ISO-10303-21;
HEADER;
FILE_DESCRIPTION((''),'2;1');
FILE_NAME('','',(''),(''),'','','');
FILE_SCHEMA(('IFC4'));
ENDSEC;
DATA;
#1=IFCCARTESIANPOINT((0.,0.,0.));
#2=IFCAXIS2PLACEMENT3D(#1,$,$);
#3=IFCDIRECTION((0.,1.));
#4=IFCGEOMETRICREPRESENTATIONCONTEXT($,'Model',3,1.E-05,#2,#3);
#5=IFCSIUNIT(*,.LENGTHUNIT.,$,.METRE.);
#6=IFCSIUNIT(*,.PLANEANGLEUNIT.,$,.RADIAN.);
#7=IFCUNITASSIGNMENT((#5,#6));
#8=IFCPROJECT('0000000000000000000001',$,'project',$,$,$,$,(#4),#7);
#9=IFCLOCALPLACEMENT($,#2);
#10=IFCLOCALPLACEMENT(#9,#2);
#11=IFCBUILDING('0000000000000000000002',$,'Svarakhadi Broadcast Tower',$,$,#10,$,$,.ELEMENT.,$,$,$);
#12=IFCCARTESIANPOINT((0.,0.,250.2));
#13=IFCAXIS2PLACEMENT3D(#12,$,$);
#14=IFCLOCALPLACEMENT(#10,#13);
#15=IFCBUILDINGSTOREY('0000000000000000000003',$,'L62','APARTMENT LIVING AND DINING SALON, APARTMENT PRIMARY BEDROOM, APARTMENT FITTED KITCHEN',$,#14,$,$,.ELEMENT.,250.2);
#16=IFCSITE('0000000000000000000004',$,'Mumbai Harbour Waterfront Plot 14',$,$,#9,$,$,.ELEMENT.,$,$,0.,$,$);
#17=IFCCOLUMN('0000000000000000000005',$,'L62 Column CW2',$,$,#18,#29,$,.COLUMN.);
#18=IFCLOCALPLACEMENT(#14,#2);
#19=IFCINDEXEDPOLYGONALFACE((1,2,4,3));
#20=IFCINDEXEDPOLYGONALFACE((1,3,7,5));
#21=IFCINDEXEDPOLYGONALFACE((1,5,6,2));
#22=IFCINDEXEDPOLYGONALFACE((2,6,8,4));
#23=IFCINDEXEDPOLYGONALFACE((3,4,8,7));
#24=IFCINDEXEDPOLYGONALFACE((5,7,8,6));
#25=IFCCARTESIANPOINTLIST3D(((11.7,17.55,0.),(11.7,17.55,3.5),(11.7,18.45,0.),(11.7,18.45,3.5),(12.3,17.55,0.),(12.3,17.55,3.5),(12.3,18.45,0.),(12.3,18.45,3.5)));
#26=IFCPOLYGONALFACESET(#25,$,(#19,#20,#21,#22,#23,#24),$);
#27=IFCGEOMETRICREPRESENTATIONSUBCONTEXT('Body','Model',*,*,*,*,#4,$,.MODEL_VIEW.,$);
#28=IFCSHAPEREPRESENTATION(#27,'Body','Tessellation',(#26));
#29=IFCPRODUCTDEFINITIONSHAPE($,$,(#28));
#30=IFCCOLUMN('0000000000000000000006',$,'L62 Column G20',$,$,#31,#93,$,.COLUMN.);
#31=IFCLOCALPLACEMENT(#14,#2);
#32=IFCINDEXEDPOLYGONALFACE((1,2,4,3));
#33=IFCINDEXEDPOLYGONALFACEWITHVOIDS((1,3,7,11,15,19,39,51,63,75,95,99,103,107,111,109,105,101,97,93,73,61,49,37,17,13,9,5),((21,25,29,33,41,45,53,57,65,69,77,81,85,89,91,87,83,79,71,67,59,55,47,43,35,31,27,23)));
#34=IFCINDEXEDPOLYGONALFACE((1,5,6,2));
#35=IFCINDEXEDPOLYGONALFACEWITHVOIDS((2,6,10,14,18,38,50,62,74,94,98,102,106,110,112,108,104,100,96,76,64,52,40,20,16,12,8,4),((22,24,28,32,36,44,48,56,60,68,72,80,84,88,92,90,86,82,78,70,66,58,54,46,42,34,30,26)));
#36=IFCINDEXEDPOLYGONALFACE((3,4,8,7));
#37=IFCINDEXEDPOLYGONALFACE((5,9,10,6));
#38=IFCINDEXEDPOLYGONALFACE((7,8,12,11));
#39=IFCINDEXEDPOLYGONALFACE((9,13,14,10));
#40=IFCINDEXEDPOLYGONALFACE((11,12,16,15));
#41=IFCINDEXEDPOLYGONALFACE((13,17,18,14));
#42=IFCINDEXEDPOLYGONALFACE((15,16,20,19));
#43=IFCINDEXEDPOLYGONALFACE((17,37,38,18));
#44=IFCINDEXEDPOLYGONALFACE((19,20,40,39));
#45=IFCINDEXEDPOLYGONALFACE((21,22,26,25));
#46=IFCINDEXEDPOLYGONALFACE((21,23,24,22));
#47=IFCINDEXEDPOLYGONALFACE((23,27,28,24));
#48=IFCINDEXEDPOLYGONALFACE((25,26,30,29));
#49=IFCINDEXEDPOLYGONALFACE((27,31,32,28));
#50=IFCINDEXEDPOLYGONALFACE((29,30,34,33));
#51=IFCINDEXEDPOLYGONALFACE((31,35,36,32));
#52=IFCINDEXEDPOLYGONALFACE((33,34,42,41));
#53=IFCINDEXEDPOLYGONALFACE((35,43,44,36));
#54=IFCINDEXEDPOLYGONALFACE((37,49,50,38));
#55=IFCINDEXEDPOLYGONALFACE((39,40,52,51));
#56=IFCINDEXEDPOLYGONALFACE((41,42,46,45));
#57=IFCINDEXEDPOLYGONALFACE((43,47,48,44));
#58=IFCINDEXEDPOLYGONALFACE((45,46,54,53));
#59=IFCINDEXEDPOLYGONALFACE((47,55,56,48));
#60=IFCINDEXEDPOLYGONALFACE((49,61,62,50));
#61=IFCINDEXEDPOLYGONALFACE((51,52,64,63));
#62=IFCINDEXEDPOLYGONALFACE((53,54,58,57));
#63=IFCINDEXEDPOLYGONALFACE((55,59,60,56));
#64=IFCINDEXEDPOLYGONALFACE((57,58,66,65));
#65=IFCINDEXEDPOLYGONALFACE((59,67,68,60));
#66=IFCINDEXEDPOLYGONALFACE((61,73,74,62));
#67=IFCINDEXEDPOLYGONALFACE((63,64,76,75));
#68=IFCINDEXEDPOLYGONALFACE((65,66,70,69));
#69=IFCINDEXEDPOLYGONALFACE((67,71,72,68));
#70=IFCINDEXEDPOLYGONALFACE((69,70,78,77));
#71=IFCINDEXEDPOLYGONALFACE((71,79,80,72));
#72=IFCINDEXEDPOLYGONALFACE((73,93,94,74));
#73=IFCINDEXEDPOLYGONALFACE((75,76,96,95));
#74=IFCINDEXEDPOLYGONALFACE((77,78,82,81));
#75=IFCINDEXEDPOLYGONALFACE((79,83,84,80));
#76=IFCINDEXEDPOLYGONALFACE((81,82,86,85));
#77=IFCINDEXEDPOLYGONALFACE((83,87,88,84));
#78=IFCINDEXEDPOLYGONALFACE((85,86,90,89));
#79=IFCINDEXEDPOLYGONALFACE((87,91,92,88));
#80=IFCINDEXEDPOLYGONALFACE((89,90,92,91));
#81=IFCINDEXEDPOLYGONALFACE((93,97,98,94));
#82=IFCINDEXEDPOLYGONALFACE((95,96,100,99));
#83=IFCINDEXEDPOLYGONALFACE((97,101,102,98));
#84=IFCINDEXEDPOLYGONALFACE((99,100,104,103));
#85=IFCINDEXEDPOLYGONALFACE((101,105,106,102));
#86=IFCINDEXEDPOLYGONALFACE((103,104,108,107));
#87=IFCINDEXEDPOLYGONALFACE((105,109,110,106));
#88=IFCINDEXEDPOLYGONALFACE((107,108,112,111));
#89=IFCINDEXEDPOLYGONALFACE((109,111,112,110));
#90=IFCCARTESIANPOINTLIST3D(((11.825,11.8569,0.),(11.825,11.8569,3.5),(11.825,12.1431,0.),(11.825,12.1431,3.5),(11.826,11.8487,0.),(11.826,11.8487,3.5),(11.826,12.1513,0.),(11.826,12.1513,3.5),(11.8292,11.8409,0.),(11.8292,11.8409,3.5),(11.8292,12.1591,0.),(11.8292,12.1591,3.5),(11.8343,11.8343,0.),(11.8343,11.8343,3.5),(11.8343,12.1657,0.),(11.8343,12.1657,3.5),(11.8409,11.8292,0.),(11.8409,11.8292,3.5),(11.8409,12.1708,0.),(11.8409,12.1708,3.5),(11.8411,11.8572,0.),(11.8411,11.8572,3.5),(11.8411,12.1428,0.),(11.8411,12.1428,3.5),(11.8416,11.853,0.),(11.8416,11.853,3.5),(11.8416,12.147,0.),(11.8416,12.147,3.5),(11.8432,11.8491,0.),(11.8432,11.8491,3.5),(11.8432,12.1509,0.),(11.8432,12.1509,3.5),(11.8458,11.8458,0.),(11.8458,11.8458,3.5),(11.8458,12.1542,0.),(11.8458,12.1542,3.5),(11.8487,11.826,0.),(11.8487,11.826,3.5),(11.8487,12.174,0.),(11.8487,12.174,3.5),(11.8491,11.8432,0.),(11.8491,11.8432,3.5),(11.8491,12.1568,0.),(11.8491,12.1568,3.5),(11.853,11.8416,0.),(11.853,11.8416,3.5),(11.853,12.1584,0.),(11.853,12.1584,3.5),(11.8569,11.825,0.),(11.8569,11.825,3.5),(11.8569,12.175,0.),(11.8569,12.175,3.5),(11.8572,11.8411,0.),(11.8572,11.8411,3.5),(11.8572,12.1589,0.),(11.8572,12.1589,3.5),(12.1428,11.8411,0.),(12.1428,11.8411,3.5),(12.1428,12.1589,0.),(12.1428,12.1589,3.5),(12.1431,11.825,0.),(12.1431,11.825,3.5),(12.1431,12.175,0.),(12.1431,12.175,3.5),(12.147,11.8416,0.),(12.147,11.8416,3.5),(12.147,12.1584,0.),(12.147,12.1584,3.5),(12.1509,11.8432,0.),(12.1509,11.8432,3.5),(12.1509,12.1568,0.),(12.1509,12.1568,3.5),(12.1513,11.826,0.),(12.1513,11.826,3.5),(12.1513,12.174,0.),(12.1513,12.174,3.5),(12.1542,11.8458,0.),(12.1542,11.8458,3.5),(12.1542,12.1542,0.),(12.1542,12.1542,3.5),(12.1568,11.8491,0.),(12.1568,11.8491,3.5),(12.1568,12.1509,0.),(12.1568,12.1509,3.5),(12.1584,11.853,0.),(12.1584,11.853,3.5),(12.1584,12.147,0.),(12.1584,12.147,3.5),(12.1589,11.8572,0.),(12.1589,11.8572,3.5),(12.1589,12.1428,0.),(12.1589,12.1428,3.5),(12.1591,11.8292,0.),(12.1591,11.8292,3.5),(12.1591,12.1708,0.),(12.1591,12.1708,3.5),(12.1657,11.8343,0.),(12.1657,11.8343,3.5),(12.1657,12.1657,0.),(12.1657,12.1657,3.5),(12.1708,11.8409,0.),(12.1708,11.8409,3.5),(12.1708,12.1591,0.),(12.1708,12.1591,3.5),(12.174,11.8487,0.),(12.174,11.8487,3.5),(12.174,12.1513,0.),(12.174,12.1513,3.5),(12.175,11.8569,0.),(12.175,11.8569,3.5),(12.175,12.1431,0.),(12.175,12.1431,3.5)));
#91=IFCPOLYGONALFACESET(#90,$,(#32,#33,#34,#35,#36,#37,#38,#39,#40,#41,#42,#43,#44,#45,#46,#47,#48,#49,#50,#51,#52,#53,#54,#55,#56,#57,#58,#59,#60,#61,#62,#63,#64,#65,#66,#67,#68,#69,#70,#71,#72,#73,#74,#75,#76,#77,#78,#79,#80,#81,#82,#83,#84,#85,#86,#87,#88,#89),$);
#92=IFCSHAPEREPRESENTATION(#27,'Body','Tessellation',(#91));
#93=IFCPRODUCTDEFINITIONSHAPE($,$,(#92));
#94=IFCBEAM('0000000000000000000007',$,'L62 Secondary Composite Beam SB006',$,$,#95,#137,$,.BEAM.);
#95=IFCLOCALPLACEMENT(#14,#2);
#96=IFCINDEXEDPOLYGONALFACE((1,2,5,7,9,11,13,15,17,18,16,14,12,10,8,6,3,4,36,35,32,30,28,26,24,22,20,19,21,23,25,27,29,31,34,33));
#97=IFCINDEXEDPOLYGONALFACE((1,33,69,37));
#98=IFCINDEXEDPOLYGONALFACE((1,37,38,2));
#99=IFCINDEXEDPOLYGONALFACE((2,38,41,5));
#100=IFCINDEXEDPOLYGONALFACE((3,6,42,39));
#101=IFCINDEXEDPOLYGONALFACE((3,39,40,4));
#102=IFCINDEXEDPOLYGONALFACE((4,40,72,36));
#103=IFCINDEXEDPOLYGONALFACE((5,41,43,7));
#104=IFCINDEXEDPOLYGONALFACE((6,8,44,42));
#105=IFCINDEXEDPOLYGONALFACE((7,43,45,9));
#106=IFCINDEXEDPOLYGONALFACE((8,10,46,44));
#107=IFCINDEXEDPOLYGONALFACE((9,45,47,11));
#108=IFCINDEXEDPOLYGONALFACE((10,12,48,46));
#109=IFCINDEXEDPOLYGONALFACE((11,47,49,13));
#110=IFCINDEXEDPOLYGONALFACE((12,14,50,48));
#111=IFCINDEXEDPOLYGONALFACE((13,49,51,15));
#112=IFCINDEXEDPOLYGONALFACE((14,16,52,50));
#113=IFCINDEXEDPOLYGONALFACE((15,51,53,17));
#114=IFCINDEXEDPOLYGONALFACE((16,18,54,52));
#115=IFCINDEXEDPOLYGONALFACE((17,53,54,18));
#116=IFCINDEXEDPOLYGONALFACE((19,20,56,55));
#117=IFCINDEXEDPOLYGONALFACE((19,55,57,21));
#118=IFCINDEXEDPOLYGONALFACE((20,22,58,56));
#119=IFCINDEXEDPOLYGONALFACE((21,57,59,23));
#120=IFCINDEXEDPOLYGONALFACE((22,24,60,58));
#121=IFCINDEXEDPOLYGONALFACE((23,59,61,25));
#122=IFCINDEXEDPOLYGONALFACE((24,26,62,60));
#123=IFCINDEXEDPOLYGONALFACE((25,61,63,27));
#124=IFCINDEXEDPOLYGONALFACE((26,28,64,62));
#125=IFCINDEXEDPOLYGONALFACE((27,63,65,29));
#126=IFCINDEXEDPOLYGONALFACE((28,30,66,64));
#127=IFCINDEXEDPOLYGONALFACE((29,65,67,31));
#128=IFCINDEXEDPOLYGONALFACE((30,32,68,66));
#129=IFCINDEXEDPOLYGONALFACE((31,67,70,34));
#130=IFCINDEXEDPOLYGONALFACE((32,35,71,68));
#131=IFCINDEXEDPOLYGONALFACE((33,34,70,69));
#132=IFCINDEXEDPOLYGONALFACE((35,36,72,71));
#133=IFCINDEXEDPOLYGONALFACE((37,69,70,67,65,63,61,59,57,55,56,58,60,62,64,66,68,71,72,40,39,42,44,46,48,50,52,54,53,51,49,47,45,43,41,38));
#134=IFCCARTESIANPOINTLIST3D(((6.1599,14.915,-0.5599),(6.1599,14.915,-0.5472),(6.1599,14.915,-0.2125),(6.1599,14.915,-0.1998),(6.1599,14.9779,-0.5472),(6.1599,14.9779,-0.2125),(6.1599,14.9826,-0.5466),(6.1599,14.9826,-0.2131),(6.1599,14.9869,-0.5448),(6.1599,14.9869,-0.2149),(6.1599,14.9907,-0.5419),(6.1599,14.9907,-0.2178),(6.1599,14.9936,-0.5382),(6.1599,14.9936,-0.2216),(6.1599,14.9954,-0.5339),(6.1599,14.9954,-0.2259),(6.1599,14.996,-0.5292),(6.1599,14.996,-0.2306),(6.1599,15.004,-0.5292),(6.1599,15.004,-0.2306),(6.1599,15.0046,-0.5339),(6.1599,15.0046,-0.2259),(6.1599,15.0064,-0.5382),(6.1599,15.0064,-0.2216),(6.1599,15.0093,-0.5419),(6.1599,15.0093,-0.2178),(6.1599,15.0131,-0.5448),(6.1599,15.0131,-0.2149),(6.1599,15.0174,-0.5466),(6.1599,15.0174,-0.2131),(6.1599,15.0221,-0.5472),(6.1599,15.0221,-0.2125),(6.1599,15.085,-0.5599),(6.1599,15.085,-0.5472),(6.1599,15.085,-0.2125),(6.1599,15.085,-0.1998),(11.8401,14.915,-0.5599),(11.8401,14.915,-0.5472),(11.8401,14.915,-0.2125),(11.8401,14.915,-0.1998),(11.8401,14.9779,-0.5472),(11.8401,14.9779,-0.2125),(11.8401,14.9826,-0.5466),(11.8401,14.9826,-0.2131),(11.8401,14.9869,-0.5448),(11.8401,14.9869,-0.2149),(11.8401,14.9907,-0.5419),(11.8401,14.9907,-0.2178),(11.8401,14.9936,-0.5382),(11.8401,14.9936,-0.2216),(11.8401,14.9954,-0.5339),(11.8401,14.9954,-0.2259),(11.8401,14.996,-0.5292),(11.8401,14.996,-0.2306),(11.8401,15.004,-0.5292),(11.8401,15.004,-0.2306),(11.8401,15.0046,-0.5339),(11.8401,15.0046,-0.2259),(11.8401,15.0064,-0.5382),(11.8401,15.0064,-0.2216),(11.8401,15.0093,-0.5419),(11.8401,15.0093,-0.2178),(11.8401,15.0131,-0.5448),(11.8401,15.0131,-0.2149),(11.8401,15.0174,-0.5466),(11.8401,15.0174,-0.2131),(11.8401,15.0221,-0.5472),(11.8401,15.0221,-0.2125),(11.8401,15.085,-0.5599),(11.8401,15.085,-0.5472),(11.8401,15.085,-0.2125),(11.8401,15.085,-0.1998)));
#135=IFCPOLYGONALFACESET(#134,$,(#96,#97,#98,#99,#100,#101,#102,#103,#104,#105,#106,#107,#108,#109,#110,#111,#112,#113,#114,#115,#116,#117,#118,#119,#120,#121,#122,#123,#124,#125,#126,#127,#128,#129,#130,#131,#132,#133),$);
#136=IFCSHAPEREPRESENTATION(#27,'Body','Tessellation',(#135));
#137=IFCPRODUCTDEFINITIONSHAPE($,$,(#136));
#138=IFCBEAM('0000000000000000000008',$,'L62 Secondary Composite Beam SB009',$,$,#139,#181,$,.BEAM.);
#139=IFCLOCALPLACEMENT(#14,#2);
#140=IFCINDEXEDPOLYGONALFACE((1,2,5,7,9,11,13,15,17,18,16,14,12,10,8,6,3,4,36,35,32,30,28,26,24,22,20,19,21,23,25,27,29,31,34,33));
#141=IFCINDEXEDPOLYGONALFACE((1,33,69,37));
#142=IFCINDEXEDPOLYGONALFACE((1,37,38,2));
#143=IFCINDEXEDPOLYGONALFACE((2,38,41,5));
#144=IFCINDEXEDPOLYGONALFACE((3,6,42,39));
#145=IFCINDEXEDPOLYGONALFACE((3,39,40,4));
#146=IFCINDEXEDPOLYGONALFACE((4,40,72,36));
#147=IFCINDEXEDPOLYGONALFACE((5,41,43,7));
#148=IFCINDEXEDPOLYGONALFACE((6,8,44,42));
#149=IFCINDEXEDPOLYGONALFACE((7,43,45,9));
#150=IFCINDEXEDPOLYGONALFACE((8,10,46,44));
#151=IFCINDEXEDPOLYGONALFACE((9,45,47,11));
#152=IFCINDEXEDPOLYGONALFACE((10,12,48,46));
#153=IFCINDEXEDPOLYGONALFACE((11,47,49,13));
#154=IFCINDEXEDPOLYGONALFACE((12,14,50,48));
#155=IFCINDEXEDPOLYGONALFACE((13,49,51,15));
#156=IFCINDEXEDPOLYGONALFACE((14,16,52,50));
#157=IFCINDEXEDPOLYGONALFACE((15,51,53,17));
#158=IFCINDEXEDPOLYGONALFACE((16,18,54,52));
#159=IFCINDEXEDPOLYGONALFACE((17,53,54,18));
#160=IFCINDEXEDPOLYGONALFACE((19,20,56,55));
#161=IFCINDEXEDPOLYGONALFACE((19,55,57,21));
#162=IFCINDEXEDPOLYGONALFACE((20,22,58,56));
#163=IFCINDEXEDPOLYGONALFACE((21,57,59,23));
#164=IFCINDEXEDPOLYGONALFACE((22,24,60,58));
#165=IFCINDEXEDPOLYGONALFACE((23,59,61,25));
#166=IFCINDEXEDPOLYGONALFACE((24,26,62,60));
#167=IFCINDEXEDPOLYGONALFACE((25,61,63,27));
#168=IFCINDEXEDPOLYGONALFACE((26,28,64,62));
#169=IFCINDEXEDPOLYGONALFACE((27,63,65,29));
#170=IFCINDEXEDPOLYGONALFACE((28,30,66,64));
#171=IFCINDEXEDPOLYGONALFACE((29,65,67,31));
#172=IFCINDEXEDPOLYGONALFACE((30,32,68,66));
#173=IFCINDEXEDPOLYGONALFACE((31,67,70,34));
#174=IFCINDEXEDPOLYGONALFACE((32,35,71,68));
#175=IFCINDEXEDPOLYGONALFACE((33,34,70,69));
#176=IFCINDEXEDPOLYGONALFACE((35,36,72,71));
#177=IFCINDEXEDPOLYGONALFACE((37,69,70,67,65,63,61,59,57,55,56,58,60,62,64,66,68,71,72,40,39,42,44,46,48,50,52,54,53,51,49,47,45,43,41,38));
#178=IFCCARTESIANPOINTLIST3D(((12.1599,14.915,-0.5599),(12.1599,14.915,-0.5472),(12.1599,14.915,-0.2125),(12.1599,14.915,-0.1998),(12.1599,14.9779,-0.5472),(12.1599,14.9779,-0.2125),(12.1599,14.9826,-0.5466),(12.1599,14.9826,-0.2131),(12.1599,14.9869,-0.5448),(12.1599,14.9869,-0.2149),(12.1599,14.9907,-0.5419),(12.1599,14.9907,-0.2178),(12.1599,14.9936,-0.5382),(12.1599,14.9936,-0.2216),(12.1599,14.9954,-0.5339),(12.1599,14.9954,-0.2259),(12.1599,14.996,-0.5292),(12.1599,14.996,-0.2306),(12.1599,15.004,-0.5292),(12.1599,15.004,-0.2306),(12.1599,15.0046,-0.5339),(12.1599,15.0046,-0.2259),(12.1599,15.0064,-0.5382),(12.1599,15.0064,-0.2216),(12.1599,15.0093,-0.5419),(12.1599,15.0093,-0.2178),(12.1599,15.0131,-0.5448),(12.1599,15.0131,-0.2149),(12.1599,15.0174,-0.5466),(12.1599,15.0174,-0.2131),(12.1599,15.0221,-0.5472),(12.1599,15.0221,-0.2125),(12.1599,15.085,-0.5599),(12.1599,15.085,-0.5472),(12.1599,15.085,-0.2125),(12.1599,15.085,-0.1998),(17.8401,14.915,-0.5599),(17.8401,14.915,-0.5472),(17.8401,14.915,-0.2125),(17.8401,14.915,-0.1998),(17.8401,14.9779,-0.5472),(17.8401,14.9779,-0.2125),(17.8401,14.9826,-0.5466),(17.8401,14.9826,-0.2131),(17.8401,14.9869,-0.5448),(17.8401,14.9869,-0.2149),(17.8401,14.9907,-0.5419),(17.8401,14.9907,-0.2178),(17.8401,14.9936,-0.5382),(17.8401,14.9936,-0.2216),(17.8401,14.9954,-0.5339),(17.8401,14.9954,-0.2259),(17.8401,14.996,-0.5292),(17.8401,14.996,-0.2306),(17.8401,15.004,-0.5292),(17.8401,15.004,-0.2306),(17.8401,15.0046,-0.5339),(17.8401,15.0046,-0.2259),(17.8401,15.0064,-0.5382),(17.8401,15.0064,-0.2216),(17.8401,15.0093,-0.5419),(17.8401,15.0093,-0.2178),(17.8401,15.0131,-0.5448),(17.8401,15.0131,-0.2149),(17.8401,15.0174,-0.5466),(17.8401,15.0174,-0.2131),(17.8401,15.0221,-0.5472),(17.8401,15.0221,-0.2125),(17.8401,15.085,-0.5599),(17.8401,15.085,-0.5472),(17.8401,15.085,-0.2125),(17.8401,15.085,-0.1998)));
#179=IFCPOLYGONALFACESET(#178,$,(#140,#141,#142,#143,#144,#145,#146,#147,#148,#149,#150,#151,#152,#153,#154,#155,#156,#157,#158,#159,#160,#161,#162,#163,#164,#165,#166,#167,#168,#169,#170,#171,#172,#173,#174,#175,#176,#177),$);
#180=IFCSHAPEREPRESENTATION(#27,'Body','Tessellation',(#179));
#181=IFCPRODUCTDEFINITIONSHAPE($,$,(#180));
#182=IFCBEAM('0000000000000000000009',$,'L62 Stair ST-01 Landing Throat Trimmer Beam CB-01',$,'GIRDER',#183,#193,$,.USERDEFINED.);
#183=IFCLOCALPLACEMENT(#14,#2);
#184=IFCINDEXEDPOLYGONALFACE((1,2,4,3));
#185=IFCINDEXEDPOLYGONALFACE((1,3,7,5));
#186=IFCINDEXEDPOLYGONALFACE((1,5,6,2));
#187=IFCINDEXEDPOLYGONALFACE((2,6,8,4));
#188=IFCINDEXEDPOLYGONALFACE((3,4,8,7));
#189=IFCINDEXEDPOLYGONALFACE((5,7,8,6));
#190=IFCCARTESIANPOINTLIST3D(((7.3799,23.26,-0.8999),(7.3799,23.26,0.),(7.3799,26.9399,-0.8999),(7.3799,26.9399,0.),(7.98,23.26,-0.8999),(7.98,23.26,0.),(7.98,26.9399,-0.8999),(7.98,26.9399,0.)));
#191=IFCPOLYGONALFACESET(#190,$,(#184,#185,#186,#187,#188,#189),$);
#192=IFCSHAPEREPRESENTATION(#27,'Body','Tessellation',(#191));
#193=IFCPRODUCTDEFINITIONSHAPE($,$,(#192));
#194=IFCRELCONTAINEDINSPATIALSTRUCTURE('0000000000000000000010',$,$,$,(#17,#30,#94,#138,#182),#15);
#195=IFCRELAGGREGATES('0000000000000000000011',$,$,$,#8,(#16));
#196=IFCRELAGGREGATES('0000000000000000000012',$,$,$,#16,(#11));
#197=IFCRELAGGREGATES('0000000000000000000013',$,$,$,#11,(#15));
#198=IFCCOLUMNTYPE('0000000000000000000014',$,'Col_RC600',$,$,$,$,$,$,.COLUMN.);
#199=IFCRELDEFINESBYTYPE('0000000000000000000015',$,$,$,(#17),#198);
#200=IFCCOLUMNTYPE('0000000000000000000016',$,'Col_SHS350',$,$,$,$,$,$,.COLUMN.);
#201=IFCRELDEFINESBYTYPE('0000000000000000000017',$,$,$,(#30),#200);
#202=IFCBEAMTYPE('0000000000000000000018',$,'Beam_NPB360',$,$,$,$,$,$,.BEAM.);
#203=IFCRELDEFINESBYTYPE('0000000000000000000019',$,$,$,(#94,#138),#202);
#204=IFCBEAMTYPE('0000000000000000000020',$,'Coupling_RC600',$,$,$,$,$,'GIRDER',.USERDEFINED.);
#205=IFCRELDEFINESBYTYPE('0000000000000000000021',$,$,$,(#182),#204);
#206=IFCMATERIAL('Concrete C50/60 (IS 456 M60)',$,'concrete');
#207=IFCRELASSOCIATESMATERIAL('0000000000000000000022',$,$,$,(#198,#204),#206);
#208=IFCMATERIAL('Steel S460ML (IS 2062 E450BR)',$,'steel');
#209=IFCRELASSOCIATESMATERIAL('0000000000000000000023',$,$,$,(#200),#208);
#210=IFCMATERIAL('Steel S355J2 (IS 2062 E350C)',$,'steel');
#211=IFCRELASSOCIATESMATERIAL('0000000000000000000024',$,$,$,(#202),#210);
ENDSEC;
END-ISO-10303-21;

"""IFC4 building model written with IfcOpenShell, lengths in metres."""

from ifc_helpers import new_model, si_unit, direction, frame, origin, origin_2d, place, context, subcontext, project, spatial, rectangle, hollow_rectangle, i_section, extrude, material, material_profile, profile_set, type_object, element, save


model = new_model("IFC4")

# Units and contexts
model_context = context("Model", 3, precision=1e-05, world=origin(), true_north=direction((0.0, 1.0)))
body_context = subcontext(model_context, "Body", "Model", "MODEL_VIEW")
ifc_project = project(units=[si_unit("LENGTHUNIT", "METRE"), si_unit("PLANEANGLEUNIT", "RADIAN")], contexts=[model_context])

# Site, building, storey
site_placement = place(None, origin())
site = spatial("IfcSite", under=ifc_project, at=site_placement, Name="Mumbai Harbour Waterfront Plot 14", CompositionType="ELEMENT", RefElevation=0.0)
building_placement = place(site_placement, origin())
building = spatial("IfcBuilding", under=site, at=building_placement, Name="Svarakhadi Broadcast Tower", CompositionType="ELEMENT")
storey_placement = place(building_placement, frame((0.0, 0.0, 250.2)))
storey = spatial("IfcBuildingStorey", under=building, at=storey_placement, Name="L62", Description="APARTMENT LIVING AND DINING SALON, APARTMENT PRIMARY BEDROOM, APARTMENT FITTED KITCHEN", CompositionType="ELEMENT", Elevation=250.2)

# Columns
ifc_material_1 = material(Name="Concrete C50/60 (IS 456 M60)", Category="concrete")
ifc_material_profile_1 = material_profile(ifc_material_1, rectangle(XDim=0.6001, YDim=0.8999, at=origin_2d()), Name="RC 600x900")
ifc_profile_set_1 = profile_set([ifc_material_profile_1], Name="Concrete C50/60 (IS 456 M60)")
column_type_1 = type_object("IfcColumnType", Name="Col_RC600", PredefinedType="COLUMN", material=ifc_profile_set_1)
column_1_placement = place(storey_placement, frame((12.0, 18.0, 0.0), z_axis=(0.0, 0.0, 1.0), x_axis=(1.0, 0.0, 0.0)))
element("IfcColumn", 1, at=column_1_placement, inside=storey, type_object=column_type_1, Name="L62 Column CW2", PredefinedType="COLUMN", context=body_context, shape_type="SweptSolid", body=[
    extrude(rectangle(XDim=0.6001, YDim=0.8999, at=origin_2d()), origin(), (0.0, 0.0, 1.0), 3.5),
])
ifc_material_2 = material(Name="Steel S460ML (IS 2062 E450BR)", Category="steel")
ifc_material_profile_2 = material_profile(ifc_material_2, hollow_rectangle(XDim=0.3501, YDim=0.3501, WallThickness=0.0161, InnerFilletRadius=0.0161, OuterFilletRadius=0.032, at=origin_2d()), Name="SHS 350x350x16")
ifc_profile_set_2 = profile_set([ifc_material_profile_2], Name="Steel S460ML (IS 2062 E450BR)")
column_type_2 = type_object("IfcColumnType", Name="Col_SHS350", PredefinedType="COLUMN", material=ifc_profile_set_2)
column_2_placement = place(storey_placement, frame((12.0, 12.0, 0.0), z_axis=(0.0, 0.0, 1.0), x_axis=(1.0, 0.0, 0.0)))
element("IfcColumn", 2, at=column_2_placement, inside=storey, type_object=column_type_2, Name="L62 Column G20", PredefinedType="COLUMN", context=body_context, shape_type="SweptSolid", body=[
    extrude(hollow_rectangle(XDim=0.3501, YDim=0.3501, WallThickness=0.0161, InnerFilletRadius=0.0161, OuterFilletRadius=0.032, at=origin_2d()), origin(), (0.0, 0.0, 1.0), 3.5),
])

# Beams
ifc_material_3 = material(Name="Steel S355J2 (IS 2062 E350C)", Category="steel")
ifc_material_profile_3 = material_profile(ifc_material_3, i_section(OverallWidth=0.1699, OverallDepth=0.3601, WebThickness=0.0081, FlangeThickness=0.0127, FilletRadius=0.0181, at=origin_2d()), Name="NPB 360x170x57")
ifc_profile_set_3 = profile_set([ifc_material_profile_3], Name="Steel S355J2 (IS 2062 E350C)")
beam_type_1 = type_object("IfcBeamType", Name="Beam_NPB360", PredefinedType="BEAM", material=ifc_profile_set_3)
for number, where, z_axis, x_axis, name in (
    (3, (6.1599, 15.0, -0.3799), (1.0, 0.0, 0.0), (0.0, 1.0, 0.0), "L62 Secondary Composite Beam SB006"),
    (4, (12.1599, 15.0, -0.3799), (1.0, 0.0, 0.0), (0.0, 1.0, 0.0), "L62 Secondary Composite Beam SB009"),
):
    element("IfcBeam", number, at=place(storey_placement, frame(where, z_axis=z_axis, x_axis=x_axis)), inside=storey, type_object=beam_type_1, Name=name, PredefinedType="BEAM", context=body_context, shape_type="SweptSolid", body=[
        extrude(i_section(OverallWidth=0.1699, OverallDepth=0.3601, WebThickness=0.0081, FlangeThickness=0.0127, FilletRadius=0.0181, at=origin_2d()), origin(), (0.0, 0.0, 1.0), 5.6802),
    ])
ifc_material_profile_4 = material_profile(ifc_material_1, rectangle(XDim=0.6001, YDim=0.8999, at=origin_2d()), Name="RC 600x900")
ifc_profile_set_4 = profile_set([ifc_material_profile_4], Name="Concrete C50/60 (IS 456 M60)")
beam_type_2 = type_object("IfcBeamType", Name="Coupling_RC600", ElementType="GIRDER", PredefinedType="USERDEFINED", material=ifc_profile_set_4)
beam_1_placement = place(storey_placement, frame((7.6799, 23.26, -0.45), z_axis=(0.0, 1.0, 0.0), x_axis=(-1.0, 0.0, 0.0)))
element("IfcBeam", 5, at=beam_1_placement, inside=storey, type_object=beam_type_2, Name="L62 Stair ST-01 Landing Throat Trimmer Beam CB-01", ObjectType="GIRDER", PredefinedType="USERDEFINED", context=body_context, shape_type="SweptSolid", body=[
    extrude(rectangle(XDim=0.6001, YDim=0.8999, at=origin_2d()), origin(), (0.0, 0.0, 1.0), 3.6799),
])

save(model, "model.ifc")
